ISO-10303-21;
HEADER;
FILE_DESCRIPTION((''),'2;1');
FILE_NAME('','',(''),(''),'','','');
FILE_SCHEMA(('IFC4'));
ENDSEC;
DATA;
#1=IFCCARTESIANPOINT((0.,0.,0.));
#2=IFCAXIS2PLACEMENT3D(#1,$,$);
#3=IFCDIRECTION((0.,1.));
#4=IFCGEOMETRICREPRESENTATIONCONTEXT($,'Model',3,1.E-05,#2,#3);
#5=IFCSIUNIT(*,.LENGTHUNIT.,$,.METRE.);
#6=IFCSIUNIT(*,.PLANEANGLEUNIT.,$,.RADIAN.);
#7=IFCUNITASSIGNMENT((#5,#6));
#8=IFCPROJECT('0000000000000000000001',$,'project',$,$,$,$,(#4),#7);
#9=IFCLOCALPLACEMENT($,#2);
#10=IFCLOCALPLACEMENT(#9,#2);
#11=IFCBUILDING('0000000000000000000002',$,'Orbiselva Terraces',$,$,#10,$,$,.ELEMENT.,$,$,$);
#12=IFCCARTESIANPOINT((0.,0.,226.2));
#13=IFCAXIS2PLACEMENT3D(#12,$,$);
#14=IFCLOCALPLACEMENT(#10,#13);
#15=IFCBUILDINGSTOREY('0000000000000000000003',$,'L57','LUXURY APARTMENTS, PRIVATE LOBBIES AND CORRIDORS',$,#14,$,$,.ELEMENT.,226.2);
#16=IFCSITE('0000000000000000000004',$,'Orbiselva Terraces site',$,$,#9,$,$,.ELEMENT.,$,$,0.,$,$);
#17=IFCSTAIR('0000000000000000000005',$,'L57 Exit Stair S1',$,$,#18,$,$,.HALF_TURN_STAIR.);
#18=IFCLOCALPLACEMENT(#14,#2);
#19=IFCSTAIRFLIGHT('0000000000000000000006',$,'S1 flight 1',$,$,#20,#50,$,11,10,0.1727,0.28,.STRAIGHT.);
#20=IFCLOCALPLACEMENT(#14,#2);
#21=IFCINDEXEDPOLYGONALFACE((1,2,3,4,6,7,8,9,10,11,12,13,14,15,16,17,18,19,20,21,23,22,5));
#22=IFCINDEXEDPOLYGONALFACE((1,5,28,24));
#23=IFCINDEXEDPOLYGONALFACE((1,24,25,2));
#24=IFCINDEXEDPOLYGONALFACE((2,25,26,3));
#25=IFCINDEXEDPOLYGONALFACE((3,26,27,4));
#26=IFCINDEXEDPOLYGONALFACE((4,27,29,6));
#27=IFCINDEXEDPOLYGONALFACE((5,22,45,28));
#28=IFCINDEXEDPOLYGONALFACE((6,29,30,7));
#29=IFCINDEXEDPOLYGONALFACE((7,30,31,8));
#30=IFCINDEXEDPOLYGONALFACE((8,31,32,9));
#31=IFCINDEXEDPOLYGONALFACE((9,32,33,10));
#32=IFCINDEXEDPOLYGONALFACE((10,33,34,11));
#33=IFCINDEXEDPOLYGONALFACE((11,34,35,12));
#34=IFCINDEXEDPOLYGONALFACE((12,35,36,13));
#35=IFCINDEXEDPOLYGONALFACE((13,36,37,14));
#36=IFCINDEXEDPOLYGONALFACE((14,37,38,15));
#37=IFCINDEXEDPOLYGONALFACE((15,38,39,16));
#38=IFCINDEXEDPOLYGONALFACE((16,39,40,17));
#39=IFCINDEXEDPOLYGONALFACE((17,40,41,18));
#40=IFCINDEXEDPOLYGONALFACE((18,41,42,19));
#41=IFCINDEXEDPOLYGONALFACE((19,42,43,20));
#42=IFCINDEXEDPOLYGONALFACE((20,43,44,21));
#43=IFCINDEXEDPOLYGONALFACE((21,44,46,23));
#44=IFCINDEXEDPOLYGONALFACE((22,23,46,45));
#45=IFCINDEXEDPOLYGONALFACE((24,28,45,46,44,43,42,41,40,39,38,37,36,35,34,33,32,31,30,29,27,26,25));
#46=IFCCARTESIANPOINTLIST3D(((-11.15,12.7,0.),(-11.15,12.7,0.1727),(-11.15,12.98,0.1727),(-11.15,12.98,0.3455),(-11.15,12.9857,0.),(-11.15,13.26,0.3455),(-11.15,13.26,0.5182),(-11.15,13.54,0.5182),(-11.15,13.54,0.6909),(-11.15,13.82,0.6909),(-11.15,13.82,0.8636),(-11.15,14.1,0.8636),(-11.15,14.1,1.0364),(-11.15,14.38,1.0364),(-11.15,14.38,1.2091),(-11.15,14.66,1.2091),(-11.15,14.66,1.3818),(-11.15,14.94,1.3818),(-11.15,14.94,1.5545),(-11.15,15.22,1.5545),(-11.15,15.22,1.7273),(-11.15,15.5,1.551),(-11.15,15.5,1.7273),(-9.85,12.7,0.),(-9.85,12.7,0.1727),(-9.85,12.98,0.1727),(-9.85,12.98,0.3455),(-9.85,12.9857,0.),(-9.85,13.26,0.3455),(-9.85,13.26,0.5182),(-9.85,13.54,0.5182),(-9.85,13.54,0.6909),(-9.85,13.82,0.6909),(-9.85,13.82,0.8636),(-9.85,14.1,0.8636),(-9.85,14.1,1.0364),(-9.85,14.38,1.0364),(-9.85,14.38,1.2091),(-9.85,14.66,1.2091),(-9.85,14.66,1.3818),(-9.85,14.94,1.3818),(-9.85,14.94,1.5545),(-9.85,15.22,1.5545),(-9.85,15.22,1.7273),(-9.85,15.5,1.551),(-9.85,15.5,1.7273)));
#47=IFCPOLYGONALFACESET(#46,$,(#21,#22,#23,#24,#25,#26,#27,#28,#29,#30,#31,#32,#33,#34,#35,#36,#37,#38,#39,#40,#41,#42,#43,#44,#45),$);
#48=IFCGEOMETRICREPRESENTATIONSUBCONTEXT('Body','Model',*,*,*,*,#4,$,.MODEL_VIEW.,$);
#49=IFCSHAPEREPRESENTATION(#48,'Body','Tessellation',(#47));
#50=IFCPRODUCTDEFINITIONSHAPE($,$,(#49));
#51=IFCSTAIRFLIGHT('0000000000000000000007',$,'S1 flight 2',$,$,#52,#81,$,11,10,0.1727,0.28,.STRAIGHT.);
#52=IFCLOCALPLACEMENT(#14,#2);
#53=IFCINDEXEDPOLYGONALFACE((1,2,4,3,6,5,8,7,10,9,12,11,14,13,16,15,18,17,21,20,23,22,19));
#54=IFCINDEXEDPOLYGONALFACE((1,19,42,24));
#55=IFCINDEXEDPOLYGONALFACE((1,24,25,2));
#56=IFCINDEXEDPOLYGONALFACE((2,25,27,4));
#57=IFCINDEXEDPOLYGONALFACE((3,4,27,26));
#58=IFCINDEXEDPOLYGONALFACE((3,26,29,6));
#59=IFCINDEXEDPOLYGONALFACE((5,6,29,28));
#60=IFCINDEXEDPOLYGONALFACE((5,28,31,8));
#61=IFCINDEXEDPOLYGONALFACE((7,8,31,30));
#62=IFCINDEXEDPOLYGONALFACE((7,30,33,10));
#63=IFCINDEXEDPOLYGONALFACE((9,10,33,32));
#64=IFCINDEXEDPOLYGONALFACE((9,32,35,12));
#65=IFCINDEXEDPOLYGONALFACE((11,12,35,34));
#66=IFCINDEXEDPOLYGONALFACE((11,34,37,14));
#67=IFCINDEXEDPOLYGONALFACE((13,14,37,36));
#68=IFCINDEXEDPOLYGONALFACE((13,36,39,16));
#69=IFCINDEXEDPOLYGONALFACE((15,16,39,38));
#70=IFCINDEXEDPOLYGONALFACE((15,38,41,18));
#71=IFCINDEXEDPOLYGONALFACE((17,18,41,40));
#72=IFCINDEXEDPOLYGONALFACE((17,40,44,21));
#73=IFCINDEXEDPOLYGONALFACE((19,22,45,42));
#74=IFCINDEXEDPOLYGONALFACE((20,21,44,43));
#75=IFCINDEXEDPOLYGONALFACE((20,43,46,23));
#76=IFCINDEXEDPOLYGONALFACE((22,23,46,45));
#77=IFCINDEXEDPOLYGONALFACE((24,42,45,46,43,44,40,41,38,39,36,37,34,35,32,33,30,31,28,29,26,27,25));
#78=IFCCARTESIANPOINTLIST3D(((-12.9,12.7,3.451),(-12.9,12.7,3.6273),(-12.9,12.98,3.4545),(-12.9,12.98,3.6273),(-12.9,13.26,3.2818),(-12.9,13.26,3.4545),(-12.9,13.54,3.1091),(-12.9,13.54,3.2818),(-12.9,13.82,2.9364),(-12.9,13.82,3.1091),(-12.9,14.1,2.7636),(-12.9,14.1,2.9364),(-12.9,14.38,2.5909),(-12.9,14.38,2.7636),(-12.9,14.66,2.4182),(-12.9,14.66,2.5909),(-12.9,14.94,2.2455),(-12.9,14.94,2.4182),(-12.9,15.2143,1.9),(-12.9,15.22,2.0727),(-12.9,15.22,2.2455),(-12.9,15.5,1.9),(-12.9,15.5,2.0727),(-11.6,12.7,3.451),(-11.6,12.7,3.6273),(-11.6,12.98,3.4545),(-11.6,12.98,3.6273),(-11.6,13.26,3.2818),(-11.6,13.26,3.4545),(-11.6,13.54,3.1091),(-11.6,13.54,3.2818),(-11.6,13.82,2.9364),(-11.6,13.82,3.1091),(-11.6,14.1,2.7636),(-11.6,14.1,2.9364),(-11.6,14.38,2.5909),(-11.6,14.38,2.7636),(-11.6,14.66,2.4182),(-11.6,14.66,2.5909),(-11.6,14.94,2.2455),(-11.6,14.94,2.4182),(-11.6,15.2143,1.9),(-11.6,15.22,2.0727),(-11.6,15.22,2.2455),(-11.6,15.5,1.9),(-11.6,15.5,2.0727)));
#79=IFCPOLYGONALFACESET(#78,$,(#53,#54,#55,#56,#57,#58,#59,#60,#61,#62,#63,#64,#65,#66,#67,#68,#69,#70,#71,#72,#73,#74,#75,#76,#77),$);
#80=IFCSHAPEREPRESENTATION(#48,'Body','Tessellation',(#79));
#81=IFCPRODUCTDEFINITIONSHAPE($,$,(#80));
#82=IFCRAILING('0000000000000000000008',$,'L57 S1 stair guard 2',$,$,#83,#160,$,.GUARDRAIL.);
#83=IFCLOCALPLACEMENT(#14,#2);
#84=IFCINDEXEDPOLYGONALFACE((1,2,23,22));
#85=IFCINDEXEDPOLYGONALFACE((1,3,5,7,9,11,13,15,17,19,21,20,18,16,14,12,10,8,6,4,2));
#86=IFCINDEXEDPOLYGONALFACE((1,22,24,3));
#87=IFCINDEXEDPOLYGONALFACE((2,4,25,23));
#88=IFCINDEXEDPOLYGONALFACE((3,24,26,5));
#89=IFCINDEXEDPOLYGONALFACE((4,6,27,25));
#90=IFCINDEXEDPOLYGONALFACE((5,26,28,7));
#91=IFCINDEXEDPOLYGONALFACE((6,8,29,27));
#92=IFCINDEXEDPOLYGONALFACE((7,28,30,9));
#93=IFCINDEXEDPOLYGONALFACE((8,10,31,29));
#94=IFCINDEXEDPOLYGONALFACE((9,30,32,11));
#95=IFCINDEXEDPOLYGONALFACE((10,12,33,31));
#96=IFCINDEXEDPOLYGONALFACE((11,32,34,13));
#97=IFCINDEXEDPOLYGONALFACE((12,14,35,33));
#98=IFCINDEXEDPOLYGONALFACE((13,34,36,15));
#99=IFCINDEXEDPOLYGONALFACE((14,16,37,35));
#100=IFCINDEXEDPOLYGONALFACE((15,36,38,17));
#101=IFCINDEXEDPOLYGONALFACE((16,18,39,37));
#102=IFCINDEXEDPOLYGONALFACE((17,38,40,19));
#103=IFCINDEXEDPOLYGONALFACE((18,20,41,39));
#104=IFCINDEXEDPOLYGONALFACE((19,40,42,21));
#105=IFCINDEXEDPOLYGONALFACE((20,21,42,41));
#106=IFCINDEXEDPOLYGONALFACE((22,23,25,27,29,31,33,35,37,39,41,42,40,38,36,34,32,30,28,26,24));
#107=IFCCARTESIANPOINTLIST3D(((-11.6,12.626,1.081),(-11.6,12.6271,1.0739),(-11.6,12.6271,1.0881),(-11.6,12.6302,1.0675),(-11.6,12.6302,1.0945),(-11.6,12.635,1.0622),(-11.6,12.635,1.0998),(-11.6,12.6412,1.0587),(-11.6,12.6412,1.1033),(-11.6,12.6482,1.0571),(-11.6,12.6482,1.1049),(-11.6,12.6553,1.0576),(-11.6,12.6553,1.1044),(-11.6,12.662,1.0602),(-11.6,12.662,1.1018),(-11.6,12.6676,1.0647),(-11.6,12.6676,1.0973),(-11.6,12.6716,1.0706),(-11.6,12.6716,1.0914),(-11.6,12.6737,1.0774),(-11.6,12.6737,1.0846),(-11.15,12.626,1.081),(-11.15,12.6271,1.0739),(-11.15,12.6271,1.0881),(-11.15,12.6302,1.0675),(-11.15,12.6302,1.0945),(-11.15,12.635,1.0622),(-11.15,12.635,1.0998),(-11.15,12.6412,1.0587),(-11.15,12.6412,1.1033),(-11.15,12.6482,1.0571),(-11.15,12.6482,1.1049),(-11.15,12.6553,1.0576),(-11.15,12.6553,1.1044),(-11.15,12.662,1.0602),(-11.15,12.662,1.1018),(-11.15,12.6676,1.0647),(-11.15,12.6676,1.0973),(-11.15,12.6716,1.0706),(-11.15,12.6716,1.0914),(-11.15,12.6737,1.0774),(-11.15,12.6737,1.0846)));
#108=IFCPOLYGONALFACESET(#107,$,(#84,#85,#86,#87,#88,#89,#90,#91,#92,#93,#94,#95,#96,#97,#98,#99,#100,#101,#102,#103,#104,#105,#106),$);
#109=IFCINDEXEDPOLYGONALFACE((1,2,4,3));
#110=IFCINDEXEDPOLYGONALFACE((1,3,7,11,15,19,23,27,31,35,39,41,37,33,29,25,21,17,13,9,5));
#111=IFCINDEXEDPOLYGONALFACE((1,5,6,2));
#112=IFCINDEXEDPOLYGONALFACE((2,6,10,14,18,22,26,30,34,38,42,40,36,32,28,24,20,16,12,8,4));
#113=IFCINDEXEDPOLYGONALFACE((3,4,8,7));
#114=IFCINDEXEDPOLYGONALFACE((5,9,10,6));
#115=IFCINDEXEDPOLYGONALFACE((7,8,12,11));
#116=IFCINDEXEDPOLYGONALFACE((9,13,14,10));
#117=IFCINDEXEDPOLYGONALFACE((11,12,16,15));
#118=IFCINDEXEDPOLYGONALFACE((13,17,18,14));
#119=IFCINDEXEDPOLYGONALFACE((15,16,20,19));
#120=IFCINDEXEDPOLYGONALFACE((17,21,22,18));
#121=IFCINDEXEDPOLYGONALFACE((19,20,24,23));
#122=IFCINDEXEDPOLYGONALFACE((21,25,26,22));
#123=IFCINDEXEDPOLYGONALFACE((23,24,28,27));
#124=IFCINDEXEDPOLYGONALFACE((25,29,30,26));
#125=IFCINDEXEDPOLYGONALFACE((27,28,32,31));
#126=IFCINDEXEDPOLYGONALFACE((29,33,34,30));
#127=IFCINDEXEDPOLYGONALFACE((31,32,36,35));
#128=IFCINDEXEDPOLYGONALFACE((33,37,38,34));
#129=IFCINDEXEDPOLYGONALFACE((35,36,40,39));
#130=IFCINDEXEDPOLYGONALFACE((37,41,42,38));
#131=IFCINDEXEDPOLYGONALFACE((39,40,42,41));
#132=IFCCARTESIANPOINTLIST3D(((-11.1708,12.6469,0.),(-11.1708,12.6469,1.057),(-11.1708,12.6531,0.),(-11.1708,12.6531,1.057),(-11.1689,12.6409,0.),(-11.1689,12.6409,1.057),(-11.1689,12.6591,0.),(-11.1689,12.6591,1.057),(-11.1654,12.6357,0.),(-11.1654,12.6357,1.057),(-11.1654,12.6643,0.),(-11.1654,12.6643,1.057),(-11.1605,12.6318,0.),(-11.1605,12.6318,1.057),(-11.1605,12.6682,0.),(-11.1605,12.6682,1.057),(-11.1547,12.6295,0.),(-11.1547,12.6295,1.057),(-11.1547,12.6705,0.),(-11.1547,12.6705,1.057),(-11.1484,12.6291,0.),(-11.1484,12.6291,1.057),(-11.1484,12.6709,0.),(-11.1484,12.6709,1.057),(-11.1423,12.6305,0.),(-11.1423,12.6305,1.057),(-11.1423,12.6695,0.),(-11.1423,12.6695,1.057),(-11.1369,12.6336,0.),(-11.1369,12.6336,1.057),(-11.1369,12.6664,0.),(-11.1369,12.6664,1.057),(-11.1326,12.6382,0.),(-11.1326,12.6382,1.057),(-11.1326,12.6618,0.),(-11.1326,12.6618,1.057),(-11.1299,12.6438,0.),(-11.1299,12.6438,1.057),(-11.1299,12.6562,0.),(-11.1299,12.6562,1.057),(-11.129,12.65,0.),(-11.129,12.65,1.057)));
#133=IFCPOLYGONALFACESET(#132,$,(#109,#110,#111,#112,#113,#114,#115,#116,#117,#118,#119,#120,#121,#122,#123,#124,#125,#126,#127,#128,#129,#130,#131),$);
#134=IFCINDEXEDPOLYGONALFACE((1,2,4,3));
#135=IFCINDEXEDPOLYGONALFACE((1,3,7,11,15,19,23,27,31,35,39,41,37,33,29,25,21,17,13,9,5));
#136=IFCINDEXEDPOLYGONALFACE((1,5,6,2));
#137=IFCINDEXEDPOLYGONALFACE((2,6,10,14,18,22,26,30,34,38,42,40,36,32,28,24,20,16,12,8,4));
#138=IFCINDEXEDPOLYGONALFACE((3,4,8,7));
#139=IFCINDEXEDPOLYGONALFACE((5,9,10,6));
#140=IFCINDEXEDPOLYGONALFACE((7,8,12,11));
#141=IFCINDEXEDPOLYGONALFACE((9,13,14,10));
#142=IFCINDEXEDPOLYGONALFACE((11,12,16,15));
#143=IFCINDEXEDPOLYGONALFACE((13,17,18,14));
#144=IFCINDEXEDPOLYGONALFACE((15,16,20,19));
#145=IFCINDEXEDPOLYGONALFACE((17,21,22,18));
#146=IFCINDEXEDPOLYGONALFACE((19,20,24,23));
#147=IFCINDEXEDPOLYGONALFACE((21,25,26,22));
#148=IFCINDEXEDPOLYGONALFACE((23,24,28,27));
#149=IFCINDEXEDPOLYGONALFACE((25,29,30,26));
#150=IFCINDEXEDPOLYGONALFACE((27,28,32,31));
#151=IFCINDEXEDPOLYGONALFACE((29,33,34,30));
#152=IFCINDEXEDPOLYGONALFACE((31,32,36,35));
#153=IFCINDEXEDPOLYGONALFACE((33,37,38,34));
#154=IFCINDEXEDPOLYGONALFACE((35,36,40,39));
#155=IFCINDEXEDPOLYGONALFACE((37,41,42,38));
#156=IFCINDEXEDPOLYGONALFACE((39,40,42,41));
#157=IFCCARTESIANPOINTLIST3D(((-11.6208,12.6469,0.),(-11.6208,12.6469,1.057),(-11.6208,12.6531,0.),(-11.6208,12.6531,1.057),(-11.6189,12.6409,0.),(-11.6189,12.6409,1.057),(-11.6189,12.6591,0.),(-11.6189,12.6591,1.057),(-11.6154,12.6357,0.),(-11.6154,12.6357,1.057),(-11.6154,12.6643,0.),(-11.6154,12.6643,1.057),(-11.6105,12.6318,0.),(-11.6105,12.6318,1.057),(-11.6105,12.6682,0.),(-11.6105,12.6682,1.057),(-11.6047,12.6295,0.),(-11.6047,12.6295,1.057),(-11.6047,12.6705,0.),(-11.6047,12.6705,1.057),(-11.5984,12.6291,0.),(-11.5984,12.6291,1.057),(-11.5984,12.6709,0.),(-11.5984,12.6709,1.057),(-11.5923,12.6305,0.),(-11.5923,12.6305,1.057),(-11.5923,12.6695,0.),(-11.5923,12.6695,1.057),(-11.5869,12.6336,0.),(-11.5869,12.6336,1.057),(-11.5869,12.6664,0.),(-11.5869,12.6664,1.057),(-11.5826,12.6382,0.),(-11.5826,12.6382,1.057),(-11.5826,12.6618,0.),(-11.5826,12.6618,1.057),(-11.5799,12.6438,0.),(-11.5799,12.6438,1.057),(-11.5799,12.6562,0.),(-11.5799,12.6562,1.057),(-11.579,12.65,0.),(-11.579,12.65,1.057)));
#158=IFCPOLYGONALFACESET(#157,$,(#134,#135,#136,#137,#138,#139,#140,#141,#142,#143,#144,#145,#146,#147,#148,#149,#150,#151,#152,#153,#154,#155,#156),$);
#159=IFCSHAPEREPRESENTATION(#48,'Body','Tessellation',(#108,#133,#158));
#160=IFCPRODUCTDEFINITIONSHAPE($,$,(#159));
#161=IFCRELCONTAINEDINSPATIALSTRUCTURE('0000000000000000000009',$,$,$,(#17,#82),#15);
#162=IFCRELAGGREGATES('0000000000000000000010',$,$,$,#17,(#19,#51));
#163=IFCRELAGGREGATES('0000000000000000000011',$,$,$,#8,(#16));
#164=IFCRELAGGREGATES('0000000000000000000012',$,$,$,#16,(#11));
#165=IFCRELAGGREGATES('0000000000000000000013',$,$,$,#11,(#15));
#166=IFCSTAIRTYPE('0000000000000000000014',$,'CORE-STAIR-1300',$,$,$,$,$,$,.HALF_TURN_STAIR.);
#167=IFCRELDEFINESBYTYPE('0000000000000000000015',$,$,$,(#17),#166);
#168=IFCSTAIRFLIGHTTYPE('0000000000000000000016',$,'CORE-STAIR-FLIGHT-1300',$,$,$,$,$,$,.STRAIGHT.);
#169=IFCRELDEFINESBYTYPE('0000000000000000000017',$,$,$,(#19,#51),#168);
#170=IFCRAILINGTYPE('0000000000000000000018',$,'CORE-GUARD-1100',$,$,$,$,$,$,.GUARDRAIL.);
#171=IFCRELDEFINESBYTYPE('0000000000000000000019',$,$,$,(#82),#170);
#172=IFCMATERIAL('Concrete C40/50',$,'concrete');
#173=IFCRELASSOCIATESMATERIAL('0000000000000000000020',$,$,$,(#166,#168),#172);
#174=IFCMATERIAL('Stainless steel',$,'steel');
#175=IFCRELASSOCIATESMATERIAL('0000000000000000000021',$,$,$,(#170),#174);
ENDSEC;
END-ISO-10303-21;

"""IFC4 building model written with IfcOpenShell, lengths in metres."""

from ifc_helpers import new_model, si_unit, direction, frame, origin, origin_2d, place, context, subcontext, project, spatial, polyline, circle, outline, extrude, material, type_object, element, aggregate, save


model = new_model("IFC4")

# Units and contexts
model_context = context("Model", 3, precision=1e-05, world=origin(), true_north=direction((0.0, 1.0)))
body_context = subcontext(model_context, "Body", "Model", "MODEL_VIEW")
ifc_project = project(units=[si_unit("LENGTHUNIT", "METRE"), si_unit("PLANEANGLEUNIT", "RADIAN")], contexts=[model_context])

# Site, building, storey
site_placement = place(None, origin())
site = spatial("IfcSite", under=ifc_project, at=site_placement, Name="Orbiselva Terraces site", CompositionType="ELEMENT", RefElevation=0.0)
building_placement = place(site_placement, origin())
building = spatial("IfcBuilding", under=site, at=building_placement, Name="Orbiselva Terraces", CompositionType="ELEMENT")
storey_placement = place(building_placement, frame((0.0, 0.0, 226.2)))
storey = spatial("IfcBuildingStorey", under=building, at=storey_placement, Name="L57", Description="LUXURY APARTMENTS, PRIVATE LOBBIES AND CORRIDORS", CompositionType="ELEMENT", Elevation=226.2)

# Shared definitions
ifc_material_1 = material(Name="Concrete C40/50", Category="concrete")

# Stair, stair flights
stair_type = type_object("IfcStairType", Name="CORE-STAIR-1300", PredefinedType="HALF_TURN_STAIR", material=ifc_material_1)
stair_placement = place(storey_placement, origin())
stair = element("IfcStair", 1, at=stair_placement, inside=storey, type_object=stair_type, Name="L57 Exit Stair S1", PredefinedType="HALF_TURN_STAIR")
stair_flight_type = type_object("IfcStairFlightType", Name="CORE-STAIR-FLIGHT-1300", PredefinedType="STRAIGHT", material=ifc_material_1)
stair_flight_1_placement = place(storey_placement, frame((-10.5, 12.7, 0.0), z_axis=(0.0, 0.0, 1.0), x_axis=(0.0, 1.0, 0.0)))
stair_flight_1 = element("IfcStairFlight", 2, at=stair_flight_1_placement, type_object=stair_flight_type, Name="S1 flight 1", NumberOfRisers=11, NumberOfTreads=10, PredefinedType="STRAIGHT", RiserHeight=0.1727, TreadLength=0.28, context=body_context, shape_type="SweptSolid", body=[
    extrude(outline(polyline([(0.0, 0.0), (0.0, 0.1727), (0.28, 0.1727), (0.28, 0.3455), (0.56, 0.3455), (0.56, 0.5182), (0.84, 0.5182), (0.84, 0.6909), (1.12, 0.6909), (1.12, 0.8636), (1.4, 0.8636), (1.4, 1.0364), (1.68, 1.0364), (1.68, 1.2091), (1.96, 1.2091), (1.96, 1.3818), (2.24, 1.3818), (2.24, 1.5545), (2.52, 1.5545), (2.52, 1.7273), (2.8, 1.7273), (2.8, 1.9), (2.8, 1.551), (0.2857, 0.0), (0.0, 0.0)])), frame((0.0, 0.65, 0.0), z_axis=(0.0, -1.0, 0.0), x_axis=(1.0, 0.0, 0.0)), (0.0, 0.0, 1.0), 1.3),
])
stair_flight_2_placement = place(storey_placement, frame((-12.25, 15.5, 1.9), z_axis=(0.0, 0.0, 1.0), x_axis=(0.0, -1.0, 0.0)))
stair_flight_2 = element("IfcStairFlight", 3, at=stair_flight_2_placement, type_object=stair_flight_type, Name="S1 flight 2", NumberOfRisers=11, NumberOfTreads=10, PredefinedType="STRAIGHT", RiserHeight=0.1727, TreadLength=0.28, context=body_context, shape_type="SweptSolid", body=[
    extrude(outline(polyline([(0.0, 0.0), (0.0, 0.1727), (0.28, 0.1727), (0.28, 0.3455), (0.56, 0.3455), (0.56, 0.5182), (0.84, 0.5182), (0.84, 0.6909), (1.12, 0.6909), (1.12, 0.8636), (1.4, 0.8636), (1.4, 1.0364), (1.68, 1.0364), (1.68, 1.2091), (1.96, 1.2091), (1.96, 1.3818), (2.24, 1.3818), (2.24, 1.5545), (2.52, 1.5545), (2.52, 1.7273), (2.8, 1.7273), (2.8, 1.9), (2.8, 1.551), (0.2857, 0.0), (0.0, 0.0)])), frame((0.0, 0.65, 0.0), z_axis=(0.0, -1.0, 0.0), x_axis=(1.0, 0.0, 0.0)), (0.0, 0.0, 1.0), 1.3),
])
aggregate(stair, [stair_flight_1, stair_flight_2])

# Railing
ifc_material_2 = material(Name="Stainless steel", Category="steel")
railing_type_1 = type_object("IfcRailingType", Name="CORE-GUARD-1100", PredefinedType="GUARDRAIL", material=ifc_material_2)
railing_1_placement = place(storey_placement, frame((-11.15, 12.65, 0.0)))
element("IfcRailing", 4, at=railing_1_placement, inside=storey, type_object=railing_type_1, Name="L57 S1 stair guard 2", PredefinedType="GUARDRAIL", context=body_context, shape_type="SweptSolid", body=[
    extrude(circle(Radius=0.024, at=origin_2d()), frame((0.0, 0.0, 1.081), z_axis=(-1.0, 0.0, 0.0), x_axis=(0.0, -1.0, 0.0)), (0.0, 0.0, 1.0), 0.45),
    extrude(circle(Radius=0.021, at=origin_2d()), origin(), (0.0, 0.0, 1.0), 1.057),
    extrude(circle(Radius=0.021, at=origin_2d()), frame((-0.45, 0.0, 0.0)), (0.0, 0.0, 1.0), 1.057),
])

save(model, "model.ifc")
